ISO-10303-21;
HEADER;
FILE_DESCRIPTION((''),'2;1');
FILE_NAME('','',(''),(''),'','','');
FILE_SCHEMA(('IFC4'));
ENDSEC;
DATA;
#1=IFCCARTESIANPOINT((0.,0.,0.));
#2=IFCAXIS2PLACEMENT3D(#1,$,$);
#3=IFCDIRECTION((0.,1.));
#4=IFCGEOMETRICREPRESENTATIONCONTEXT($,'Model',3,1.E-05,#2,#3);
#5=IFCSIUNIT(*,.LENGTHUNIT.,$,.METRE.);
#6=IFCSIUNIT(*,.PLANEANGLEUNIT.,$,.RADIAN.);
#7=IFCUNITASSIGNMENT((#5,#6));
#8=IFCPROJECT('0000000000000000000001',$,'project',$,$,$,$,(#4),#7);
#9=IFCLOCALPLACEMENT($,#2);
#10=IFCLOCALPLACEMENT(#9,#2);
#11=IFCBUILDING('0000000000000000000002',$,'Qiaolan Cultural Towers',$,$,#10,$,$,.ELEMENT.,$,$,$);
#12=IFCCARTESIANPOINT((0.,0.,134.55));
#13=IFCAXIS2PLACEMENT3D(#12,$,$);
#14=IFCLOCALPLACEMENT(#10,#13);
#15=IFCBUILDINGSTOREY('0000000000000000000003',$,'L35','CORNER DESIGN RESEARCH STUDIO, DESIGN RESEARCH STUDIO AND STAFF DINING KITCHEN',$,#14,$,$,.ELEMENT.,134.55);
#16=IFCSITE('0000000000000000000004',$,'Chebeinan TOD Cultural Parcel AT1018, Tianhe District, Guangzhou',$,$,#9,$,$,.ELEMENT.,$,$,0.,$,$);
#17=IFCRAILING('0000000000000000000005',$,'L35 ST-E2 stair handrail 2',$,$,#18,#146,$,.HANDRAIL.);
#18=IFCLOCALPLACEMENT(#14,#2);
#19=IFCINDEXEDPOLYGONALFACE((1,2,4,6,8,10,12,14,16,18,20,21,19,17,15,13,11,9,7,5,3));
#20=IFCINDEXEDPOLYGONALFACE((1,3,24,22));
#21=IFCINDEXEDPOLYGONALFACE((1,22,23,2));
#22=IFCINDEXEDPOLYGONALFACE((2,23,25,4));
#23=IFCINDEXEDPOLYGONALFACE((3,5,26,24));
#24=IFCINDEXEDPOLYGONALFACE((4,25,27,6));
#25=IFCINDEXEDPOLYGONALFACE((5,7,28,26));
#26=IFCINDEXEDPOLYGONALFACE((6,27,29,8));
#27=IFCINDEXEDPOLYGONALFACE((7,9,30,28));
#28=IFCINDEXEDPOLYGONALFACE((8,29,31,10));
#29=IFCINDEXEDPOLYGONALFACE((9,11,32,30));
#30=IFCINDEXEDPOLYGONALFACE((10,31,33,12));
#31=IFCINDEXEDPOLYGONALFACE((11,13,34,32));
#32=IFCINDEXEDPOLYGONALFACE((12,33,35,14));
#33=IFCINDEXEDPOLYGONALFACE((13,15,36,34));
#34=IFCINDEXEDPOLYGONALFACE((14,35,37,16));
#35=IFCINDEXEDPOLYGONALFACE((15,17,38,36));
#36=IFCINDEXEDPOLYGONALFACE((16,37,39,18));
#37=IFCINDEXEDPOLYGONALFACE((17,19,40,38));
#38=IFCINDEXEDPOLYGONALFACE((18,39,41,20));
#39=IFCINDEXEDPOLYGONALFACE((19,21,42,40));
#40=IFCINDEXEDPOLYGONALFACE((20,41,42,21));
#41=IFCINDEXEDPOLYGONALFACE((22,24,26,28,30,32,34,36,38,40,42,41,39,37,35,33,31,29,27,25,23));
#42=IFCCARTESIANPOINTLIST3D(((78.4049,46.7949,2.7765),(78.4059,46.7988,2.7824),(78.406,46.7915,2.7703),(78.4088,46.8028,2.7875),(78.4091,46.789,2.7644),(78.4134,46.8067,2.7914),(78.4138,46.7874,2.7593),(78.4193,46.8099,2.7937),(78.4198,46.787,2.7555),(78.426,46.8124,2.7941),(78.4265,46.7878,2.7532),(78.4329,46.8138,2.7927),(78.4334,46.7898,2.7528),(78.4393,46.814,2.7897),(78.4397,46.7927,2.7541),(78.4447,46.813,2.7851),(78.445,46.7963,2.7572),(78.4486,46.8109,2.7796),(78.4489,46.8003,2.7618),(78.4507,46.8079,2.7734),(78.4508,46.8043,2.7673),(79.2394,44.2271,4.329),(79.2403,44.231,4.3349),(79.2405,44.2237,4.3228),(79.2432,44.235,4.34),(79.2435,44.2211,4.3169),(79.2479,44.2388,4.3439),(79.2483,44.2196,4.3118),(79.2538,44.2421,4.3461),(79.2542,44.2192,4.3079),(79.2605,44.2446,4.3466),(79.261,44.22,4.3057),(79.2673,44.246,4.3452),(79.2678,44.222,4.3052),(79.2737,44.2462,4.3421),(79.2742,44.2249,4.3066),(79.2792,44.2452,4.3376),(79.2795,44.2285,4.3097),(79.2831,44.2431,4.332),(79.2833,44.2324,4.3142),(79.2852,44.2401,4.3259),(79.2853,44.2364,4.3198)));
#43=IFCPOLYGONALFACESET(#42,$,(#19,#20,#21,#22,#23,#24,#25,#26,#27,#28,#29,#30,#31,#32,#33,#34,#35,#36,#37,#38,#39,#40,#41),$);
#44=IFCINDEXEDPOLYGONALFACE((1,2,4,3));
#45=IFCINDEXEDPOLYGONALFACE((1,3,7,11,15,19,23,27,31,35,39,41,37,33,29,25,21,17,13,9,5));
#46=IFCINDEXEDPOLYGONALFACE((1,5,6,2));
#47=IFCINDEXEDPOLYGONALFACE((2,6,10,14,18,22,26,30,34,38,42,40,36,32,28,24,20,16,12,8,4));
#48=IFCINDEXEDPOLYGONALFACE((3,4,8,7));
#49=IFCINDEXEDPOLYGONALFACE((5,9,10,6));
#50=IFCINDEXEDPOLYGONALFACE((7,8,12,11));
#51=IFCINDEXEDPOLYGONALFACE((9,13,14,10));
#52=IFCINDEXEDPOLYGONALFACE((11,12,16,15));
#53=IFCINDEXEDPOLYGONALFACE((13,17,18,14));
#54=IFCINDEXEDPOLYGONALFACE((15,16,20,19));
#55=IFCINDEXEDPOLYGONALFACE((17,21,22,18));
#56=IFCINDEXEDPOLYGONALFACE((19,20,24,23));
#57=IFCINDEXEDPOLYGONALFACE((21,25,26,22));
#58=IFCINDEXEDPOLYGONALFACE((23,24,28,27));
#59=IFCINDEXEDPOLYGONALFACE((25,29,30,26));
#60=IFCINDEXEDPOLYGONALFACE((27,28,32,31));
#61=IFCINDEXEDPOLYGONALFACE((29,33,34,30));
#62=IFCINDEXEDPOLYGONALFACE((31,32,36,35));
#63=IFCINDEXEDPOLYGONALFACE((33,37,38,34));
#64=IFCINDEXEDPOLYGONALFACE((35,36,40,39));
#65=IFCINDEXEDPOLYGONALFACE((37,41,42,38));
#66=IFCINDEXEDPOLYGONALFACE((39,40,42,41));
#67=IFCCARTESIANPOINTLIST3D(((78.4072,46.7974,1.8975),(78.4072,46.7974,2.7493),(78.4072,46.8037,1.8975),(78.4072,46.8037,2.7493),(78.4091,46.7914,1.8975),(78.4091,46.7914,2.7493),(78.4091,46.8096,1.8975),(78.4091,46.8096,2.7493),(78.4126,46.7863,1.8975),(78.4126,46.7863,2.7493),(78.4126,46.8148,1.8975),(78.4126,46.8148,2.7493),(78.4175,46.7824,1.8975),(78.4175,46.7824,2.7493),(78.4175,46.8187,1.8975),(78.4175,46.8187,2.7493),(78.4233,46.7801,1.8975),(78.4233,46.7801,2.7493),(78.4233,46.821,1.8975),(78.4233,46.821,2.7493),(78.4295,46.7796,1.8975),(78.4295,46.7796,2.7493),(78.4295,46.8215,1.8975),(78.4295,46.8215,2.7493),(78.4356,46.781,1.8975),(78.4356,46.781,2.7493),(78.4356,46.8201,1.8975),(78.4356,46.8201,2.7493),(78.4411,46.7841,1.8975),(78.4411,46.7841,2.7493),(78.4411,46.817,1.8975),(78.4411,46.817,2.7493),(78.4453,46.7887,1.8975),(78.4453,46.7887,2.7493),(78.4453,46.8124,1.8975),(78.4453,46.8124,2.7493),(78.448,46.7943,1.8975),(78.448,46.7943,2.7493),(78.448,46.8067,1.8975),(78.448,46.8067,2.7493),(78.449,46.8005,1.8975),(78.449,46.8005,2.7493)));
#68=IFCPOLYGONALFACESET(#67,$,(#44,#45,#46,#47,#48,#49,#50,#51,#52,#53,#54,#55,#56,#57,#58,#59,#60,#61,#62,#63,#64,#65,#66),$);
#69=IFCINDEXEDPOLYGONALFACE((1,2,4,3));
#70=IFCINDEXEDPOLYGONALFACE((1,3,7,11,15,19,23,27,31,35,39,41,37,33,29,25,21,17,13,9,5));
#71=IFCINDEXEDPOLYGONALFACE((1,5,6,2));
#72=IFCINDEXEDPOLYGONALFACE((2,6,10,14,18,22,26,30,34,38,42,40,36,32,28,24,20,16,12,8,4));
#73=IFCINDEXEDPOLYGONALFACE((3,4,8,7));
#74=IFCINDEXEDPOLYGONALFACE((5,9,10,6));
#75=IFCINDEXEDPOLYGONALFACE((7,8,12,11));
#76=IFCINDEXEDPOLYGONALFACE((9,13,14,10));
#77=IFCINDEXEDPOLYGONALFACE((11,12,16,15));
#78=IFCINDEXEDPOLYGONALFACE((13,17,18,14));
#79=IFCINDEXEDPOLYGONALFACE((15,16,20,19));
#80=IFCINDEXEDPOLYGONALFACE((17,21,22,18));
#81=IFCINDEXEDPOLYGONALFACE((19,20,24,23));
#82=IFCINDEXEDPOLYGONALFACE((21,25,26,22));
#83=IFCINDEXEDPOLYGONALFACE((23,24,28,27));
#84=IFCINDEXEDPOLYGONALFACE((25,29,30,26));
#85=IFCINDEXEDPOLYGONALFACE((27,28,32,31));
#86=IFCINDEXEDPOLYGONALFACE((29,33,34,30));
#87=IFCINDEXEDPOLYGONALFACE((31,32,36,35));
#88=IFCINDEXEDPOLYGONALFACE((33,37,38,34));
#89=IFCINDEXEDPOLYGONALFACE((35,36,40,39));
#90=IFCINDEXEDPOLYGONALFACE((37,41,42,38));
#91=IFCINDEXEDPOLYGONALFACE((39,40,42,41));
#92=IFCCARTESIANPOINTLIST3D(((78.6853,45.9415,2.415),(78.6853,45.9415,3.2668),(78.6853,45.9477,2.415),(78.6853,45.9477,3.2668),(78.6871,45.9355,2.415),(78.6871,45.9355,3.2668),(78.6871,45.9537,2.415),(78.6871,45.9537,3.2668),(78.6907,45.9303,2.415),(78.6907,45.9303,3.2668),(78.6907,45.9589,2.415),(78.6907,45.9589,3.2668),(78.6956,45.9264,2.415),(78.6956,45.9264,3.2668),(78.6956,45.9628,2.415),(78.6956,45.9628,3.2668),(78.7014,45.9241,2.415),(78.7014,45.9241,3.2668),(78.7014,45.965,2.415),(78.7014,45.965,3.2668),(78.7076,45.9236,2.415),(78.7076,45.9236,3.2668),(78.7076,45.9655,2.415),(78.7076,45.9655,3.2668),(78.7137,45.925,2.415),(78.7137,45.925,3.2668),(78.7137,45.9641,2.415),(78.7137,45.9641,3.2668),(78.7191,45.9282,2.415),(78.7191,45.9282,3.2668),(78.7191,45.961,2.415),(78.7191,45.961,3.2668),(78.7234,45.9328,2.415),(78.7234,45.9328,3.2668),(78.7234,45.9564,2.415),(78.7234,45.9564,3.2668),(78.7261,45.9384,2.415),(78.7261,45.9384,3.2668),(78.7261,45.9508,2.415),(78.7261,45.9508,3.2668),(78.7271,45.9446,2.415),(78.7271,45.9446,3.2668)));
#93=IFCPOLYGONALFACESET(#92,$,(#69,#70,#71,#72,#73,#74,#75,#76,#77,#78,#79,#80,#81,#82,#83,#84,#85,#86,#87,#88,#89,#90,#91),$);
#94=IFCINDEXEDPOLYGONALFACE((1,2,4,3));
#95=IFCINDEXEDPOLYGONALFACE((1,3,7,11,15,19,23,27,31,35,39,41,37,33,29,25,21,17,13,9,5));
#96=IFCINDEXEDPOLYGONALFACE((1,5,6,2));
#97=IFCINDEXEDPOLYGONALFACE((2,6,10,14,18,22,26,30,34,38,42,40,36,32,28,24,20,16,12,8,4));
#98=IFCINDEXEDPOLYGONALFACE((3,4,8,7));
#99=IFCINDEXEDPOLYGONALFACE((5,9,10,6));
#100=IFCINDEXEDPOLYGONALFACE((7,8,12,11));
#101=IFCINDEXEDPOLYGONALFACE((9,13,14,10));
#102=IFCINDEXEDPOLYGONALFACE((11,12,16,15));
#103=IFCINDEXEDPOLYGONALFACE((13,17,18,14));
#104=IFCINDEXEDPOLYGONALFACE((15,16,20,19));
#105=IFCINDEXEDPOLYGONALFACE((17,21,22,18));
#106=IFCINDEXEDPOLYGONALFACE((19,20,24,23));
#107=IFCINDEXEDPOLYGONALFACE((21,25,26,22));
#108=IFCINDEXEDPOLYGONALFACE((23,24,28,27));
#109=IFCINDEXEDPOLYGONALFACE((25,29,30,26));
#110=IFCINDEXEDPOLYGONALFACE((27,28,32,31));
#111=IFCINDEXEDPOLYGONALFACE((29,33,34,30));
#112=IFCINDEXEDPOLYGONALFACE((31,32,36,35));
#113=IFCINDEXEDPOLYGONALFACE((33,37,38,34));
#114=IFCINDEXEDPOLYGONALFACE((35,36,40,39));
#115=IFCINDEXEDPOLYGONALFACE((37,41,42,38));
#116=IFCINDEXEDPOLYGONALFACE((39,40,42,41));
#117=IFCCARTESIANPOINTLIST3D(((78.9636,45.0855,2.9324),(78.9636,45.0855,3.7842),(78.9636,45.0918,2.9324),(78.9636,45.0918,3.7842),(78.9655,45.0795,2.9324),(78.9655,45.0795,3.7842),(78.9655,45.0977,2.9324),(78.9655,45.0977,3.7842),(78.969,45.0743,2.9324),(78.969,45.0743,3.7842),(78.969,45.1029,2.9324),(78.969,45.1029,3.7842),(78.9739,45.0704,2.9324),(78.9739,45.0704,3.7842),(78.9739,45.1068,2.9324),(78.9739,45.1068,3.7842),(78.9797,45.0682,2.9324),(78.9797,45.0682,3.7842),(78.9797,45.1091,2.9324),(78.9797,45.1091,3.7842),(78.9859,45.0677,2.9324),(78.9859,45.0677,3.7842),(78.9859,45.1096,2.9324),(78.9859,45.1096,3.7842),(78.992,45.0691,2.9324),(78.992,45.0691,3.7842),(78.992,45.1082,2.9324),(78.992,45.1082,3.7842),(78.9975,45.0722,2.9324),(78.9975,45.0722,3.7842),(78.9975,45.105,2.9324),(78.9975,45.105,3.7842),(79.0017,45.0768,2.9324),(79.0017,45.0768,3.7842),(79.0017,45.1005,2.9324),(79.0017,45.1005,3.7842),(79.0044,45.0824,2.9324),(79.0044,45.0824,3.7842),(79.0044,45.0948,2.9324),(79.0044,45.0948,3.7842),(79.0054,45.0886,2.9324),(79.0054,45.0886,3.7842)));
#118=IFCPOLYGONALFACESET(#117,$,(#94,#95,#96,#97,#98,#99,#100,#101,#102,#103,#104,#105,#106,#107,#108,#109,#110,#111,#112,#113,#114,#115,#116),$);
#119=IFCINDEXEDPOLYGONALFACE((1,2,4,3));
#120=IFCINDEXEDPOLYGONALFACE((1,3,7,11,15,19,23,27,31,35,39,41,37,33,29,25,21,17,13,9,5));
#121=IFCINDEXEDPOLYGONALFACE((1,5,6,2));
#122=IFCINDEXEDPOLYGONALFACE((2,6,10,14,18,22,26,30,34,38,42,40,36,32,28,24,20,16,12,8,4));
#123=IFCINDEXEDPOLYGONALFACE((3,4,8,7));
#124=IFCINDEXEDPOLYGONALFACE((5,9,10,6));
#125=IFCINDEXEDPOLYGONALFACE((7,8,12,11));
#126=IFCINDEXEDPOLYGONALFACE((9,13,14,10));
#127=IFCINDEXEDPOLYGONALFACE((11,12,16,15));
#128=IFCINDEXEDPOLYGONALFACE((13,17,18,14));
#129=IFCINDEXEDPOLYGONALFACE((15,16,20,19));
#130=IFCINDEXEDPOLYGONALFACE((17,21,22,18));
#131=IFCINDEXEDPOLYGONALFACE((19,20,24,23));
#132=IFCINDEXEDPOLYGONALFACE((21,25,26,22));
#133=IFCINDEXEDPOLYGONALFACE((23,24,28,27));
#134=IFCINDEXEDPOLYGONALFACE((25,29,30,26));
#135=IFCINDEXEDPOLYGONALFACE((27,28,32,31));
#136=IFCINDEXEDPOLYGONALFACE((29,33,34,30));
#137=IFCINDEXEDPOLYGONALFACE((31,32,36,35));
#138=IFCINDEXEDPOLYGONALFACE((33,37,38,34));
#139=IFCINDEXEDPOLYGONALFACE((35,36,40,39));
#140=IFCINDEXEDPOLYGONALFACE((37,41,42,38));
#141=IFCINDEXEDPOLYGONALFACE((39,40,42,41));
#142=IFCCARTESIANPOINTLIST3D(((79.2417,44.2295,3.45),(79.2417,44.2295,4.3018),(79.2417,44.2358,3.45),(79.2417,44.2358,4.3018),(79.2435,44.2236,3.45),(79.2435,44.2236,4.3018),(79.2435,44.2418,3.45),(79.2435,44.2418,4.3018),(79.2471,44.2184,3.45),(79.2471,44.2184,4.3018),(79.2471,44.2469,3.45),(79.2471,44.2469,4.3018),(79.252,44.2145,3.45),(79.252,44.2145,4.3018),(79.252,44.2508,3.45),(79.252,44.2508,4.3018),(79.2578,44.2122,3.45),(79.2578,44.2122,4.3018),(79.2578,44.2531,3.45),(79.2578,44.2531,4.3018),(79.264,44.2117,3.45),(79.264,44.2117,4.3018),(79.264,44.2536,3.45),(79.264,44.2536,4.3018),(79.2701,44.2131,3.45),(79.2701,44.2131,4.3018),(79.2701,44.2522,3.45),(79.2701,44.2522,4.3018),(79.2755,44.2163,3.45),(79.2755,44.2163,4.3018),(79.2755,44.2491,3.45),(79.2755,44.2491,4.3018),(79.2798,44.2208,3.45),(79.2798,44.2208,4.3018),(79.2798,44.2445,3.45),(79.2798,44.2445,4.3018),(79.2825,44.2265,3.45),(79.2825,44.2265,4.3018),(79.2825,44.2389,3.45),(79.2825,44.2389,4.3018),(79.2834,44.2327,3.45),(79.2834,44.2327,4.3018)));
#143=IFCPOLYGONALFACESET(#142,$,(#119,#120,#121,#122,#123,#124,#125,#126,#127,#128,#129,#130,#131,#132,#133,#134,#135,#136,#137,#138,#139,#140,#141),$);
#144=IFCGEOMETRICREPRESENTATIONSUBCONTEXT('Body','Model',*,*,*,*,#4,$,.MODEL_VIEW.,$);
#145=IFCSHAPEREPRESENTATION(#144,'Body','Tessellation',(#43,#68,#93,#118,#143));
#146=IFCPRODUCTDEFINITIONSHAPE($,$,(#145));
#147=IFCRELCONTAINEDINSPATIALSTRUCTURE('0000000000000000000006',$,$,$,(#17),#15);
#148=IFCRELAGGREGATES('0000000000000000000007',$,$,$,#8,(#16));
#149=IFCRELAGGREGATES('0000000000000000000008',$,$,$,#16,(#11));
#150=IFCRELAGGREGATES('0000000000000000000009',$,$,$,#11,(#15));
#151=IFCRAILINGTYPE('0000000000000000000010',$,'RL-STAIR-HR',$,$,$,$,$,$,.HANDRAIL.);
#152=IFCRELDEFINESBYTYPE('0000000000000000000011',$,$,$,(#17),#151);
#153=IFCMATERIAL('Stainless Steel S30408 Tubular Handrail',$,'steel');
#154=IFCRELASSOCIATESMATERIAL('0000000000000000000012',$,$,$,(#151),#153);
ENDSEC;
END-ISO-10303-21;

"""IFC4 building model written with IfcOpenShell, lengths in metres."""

from ifc_helpers import new_model, si_unit, direction, frame, origin, origin_2d, place, context, subcontext, project, spatial, circle, extrude, material, type_object, element, save


model = new_model("IFC4")

# Units and contexts
model_context = context("Model", 3, precision=1e-05, world=origin(), true_north=direction((0.0, 1.0)))
body_context = subcontext(model_context, "Body", "Model", "MODEL_VIEW")
ifc_project = project(units=[si_unit("LENGTHUNIT", "METRE"), si_unit("PLANEANGLEUNIT", "RADIAN")], contexts=[model_context])

# Site, building, storey
site_placement = place(None, origin())
site = spatial("IfcSite", under=ifc_project, at=site_placement, Name="Chebeinan TOD Cultural Parcel AT1018, Tianhe District, Guangzhou", CompositionType="ELEMENT", RefElevation=0.0)
building_placement = place(site_placement, origin())
building = spatial("IfcBuilding", under=site, at=building_placement, Name="Qiaolan Cultural Towers", CompositionType="ELEMENT")
storey_placement = place(building_placement, frame((0.0, 0.0, 134.55)))
storey = spatial("IfcBuildingStorey", under=building, at=storey_placement, Name="L35", Description="CORNER DESIGN RESEARCH STUDIO, DESIGN RESEARCH STUDIO AND STAFF DINING KITCHEN", CompositionType="ELEMENT", Elevation=134.55)

# Railing
ifc_material_1 = material(Name="Stainless Steel S30408 Tubular Handrail", Category="steel")
railing_type_1 = type_object("IfcRailingType", Name="RL-STAIR-HR", PredefinedType="HANDRAIL", material=ifc_material_1)
railing_1_placement = place(storey_placement, frame((78.428, 46.8005, 1.8975)))
element("IfcRailing", 1, at=railing_1_placement, inside=storey, type_object=railing_type_1, Name="L35 ST-E2 stair handrail 2", PredefinedType="HANDRAIL", context=body_context, shape_type="SweptSolid", body=[
    extrude(circle(Radius=0.0239, at=origin_2d()), frame((0.0, 0.0, 0.876), z_axis=(0.267926, -0.824471, 0.498461), x_axis=(0.951043, 0.309057, 0.0)), (0.0, 0.0, 1.0), 3.1145),
    extrude(circle(Radius=0.021, at=origin_2d()), origin(), (0.0, 0.0, 1.0), 0.8518),
    extrude(circle(Radius=0.021, at=origin_2d()), frame((0.2781, -0.856, 0.5176)), (0.0, 0.0, 1.0), 0.8518),
    extrude(circle(Radius=0.021, at=origin_2d()), frame((0.5564, -1.7119, 1.0349)), (0.0, 0.0, 1.0), 0.8518),
    extrude(circle(Radius=0.021, at=origin_2d()), frame((0.8345, -2.5679, 1.5525)), (0.0, 0.0, 1.0), 0.8518),
])

save(model, "model.ifc")
